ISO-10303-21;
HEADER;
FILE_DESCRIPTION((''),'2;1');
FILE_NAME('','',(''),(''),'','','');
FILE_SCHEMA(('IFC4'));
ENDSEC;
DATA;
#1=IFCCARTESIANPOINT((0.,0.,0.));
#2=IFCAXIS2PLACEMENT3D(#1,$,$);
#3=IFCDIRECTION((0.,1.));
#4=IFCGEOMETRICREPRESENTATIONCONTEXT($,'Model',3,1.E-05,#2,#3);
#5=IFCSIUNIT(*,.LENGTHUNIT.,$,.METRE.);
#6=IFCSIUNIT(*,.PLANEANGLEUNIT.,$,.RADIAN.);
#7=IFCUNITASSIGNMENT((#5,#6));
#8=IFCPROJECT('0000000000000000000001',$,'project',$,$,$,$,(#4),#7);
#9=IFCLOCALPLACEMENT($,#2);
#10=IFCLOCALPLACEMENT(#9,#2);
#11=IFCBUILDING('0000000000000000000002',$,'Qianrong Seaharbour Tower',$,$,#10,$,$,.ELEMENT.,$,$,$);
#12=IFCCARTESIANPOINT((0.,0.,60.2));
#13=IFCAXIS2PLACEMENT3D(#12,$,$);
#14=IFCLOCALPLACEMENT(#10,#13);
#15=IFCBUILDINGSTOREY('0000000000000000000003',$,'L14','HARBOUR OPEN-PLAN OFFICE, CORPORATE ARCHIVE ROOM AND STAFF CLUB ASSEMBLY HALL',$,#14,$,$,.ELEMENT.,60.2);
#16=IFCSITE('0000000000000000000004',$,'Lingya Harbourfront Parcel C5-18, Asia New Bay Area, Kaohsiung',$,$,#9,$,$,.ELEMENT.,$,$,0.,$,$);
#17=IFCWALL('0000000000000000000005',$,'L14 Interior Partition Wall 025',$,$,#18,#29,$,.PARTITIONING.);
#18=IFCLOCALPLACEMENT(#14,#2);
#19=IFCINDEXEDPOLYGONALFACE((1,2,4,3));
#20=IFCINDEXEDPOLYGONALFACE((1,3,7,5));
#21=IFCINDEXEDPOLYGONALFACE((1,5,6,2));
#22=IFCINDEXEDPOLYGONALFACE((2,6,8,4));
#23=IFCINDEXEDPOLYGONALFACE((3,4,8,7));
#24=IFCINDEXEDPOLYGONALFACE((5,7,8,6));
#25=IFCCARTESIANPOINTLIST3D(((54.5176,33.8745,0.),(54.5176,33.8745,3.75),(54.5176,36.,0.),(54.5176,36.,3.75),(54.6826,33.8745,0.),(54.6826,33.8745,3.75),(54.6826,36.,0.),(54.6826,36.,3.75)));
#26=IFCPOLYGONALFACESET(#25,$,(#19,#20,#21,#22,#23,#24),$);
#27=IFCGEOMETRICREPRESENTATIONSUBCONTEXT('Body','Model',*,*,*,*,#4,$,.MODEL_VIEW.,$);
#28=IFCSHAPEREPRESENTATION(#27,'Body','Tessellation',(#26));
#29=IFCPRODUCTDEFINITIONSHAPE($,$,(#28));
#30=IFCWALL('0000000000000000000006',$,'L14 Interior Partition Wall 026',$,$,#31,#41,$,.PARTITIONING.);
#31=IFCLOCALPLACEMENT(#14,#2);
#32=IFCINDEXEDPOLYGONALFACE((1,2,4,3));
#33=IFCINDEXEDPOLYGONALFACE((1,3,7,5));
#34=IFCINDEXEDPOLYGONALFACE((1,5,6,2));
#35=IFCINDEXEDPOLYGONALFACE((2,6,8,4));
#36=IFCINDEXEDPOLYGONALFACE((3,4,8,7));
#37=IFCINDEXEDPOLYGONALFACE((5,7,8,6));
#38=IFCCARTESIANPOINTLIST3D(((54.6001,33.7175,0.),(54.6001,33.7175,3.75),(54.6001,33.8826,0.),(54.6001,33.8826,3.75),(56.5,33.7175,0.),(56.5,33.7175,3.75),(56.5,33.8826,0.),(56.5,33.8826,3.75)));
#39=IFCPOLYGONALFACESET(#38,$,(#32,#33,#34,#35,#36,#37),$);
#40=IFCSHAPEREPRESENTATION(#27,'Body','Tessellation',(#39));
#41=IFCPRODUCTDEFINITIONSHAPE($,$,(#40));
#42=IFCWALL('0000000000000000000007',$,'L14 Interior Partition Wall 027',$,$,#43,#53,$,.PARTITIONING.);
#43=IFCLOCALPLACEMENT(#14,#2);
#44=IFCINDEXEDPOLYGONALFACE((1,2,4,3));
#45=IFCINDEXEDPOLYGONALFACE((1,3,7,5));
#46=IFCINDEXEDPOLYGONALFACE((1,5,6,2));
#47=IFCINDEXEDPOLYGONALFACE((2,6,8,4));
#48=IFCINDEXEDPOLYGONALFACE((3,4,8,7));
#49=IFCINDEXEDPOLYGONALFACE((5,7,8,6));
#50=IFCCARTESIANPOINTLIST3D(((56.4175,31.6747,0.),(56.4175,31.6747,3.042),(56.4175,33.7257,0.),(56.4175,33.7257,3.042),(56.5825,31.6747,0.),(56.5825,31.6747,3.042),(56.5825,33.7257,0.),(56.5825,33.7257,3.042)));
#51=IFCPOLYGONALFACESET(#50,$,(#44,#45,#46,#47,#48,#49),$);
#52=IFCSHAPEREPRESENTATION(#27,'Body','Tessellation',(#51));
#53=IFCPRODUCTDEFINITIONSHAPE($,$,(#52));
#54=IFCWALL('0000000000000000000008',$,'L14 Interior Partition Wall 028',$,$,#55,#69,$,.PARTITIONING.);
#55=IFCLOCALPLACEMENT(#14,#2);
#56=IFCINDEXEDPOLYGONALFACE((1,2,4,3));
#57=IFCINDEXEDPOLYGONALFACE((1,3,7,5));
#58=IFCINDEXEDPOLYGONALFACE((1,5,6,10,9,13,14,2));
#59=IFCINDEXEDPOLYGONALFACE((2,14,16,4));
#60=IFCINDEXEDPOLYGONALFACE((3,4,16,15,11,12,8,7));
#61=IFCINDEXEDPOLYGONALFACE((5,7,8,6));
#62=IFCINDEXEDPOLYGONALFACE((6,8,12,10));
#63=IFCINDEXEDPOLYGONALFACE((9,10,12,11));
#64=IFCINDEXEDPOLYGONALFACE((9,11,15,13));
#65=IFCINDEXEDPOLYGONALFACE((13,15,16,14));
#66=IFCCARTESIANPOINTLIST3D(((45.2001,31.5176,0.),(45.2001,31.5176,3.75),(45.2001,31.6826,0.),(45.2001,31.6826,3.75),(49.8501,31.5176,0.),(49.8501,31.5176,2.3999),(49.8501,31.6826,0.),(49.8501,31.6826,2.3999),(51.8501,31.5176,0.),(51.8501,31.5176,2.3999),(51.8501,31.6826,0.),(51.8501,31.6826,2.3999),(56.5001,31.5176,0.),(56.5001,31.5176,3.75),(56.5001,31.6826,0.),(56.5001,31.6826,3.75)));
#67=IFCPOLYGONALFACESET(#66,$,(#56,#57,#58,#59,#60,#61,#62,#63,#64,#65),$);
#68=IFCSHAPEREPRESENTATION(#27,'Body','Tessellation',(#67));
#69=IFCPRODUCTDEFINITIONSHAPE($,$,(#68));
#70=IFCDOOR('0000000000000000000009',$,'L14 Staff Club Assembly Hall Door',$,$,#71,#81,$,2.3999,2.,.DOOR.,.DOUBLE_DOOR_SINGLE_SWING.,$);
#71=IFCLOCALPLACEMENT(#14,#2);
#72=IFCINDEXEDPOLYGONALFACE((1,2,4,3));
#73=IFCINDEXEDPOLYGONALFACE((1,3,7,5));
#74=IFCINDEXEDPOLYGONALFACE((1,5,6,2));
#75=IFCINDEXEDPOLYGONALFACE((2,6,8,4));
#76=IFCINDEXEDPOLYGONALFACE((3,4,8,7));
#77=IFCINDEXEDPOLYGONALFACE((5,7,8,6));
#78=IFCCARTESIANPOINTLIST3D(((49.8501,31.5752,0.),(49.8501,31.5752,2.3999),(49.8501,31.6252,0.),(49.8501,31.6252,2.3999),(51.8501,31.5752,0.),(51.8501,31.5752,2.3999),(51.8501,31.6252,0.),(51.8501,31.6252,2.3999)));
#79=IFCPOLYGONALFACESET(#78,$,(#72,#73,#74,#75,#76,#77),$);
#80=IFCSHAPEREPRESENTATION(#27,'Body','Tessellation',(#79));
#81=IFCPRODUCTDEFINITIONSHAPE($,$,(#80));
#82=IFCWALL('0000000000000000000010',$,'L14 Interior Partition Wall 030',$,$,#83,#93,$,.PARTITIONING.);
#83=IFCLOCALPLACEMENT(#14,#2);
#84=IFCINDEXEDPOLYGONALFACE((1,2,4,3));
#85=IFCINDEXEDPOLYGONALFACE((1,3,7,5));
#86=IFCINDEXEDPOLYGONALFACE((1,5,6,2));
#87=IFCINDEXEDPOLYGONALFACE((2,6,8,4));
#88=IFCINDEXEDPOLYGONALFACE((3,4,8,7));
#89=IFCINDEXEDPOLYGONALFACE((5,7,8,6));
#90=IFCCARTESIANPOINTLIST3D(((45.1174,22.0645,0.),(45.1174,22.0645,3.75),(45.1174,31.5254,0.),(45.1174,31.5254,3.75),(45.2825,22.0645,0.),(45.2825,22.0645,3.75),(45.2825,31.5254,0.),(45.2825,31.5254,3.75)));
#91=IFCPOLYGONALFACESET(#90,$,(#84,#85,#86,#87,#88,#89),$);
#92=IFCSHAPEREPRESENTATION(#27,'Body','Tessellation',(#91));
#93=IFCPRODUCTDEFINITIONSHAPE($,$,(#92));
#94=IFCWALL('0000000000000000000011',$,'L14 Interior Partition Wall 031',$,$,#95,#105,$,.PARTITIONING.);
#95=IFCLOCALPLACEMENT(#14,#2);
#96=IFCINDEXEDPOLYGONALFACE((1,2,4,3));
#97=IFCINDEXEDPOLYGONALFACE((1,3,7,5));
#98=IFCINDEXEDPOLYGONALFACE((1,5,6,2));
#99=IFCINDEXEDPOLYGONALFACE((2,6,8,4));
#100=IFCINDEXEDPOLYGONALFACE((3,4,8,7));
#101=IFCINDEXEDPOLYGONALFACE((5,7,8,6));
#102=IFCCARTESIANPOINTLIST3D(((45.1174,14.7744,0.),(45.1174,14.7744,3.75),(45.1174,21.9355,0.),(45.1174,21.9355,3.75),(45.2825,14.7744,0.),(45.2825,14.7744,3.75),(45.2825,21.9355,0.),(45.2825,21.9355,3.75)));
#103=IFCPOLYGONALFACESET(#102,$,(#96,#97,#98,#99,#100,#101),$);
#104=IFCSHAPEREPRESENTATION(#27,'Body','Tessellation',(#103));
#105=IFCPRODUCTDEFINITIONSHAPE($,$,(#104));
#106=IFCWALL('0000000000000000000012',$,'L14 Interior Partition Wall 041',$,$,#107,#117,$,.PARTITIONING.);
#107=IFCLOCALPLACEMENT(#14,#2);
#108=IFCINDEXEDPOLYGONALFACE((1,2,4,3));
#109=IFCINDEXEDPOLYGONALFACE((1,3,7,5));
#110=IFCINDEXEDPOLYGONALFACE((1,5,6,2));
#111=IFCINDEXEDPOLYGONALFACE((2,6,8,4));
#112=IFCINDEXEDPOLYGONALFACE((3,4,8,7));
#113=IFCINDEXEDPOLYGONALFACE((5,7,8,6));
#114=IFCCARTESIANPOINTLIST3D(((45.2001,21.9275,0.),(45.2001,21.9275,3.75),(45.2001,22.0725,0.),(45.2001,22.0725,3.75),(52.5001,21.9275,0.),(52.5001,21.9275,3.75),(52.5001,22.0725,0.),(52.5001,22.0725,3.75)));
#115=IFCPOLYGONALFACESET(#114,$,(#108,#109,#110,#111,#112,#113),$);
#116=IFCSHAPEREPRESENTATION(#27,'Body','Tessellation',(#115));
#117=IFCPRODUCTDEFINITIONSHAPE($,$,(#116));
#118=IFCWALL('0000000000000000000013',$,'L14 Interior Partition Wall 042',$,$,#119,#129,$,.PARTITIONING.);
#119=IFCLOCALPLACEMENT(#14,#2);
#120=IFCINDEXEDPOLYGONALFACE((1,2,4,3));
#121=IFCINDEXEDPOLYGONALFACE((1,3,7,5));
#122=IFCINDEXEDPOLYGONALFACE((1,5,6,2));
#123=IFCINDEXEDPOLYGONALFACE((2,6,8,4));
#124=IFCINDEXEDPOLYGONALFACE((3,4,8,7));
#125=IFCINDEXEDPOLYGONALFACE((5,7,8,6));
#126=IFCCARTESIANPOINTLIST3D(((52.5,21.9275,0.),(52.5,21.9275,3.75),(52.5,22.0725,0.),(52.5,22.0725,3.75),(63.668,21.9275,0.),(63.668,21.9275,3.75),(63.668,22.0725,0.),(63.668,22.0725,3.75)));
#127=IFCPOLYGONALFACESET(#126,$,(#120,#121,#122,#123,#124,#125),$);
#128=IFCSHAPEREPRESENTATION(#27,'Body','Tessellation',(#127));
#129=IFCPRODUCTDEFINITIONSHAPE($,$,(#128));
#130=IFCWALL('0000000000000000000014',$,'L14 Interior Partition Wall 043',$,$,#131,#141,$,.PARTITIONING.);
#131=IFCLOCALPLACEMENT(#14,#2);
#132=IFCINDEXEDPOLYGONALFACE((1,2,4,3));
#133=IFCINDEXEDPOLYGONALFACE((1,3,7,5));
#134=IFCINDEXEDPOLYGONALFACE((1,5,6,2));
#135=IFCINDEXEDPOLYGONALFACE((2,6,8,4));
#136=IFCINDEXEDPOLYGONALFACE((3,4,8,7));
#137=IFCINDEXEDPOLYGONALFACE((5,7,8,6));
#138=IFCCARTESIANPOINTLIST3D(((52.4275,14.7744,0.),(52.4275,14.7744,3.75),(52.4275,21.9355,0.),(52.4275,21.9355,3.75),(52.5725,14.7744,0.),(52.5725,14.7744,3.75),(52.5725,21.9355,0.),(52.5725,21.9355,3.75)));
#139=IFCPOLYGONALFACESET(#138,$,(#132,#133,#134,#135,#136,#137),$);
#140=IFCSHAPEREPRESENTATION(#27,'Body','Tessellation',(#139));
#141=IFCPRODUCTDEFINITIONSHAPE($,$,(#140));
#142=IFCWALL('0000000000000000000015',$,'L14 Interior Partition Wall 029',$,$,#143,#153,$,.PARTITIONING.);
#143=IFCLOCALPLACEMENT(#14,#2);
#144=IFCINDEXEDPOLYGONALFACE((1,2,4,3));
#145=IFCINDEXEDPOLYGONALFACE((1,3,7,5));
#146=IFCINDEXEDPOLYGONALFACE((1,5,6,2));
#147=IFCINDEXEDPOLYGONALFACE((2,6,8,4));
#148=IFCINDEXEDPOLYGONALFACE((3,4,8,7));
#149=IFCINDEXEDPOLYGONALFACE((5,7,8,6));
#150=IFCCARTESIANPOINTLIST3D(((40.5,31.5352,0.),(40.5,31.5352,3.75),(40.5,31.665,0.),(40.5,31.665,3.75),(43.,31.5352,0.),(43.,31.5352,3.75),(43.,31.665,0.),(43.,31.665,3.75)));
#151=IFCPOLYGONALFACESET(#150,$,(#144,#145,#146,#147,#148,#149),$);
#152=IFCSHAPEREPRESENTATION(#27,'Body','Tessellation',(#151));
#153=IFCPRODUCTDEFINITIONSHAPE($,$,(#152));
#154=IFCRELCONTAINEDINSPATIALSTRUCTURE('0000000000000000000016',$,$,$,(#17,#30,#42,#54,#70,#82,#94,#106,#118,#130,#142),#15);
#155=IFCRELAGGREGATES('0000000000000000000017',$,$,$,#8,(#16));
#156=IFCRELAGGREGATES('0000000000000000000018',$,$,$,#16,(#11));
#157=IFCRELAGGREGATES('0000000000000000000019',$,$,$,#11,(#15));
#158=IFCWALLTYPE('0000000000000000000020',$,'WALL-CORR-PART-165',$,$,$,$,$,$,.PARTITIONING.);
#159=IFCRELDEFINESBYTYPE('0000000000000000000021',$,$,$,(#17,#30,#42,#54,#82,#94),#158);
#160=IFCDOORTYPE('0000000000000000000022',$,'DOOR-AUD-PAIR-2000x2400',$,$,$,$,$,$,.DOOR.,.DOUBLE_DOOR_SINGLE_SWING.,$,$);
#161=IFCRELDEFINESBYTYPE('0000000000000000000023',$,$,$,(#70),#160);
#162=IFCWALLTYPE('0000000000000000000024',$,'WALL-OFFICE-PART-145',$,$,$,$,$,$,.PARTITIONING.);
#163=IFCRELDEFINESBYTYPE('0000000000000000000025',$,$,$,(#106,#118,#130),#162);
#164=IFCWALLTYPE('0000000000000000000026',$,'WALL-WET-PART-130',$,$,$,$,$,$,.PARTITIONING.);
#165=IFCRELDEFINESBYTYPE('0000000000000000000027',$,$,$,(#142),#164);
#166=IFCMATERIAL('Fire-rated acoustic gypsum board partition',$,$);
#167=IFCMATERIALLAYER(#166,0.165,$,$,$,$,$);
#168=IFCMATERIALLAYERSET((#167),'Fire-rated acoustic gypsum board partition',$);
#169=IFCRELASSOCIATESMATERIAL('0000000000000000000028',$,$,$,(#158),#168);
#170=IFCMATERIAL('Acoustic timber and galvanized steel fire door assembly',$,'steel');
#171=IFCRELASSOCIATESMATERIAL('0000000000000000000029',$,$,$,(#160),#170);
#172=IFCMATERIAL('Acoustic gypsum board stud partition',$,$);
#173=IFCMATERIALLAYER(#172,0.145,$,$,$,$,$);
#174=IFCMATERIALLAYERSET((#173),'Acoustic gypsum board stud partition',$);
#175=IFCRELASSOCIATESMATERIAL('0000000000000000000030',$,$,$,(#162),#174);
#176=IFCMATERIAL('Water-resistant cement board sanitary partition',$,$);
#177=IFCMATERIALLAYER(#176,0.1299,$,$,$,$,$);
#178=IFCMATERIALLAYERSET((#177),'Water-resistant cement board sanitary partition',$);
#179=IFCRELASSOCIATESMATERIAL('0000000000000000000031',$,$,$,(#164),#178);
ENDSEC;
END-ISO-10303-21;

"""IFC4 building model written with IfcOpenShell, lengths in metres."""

from ifc_helpers import new_model, si_unit, direction, frame, frame_2d, origin, place, context, subcontext, project, spatial, rectangle, extrude, material, layer, layer_set, type_object, element, fill, save


model = new_model("IFC4")

# Units and contexts
model_context = context("Model", 3, precision=1e-05, world=origin(), true_north=direction((0.0, 1.0)))
body_context = subcontext(model_context, "Body", "Model", "MODEL_VIEW")
ifc_project = project(units=[si_unit("LENGTHUNIT", "METRE"), si_unit("PLANEANGLEUNIT", "RADIAN")], contexts=[model_context])

# Site, building, storey
site_placement = place(None, origin())
site = spatial("IfcSite", under=ifc_project, at=site_placement, Name="Lingya Harbourfront Parcel C5-18, Asia New Bay Area, Kaohsiung", CompositionType="ELEMENT", RefElevation=0.0)
building_placement = place(site_placement, origin())
building = spatial("IfcBuilding", under=site, at=building_placement, Name="Qianrong Seaharbour Tower", CompositionType="ELEMENT")
storey_placement = place(building_placement, frame((0.0, 0.0, 60.2)))
storey = spatial("IfcBuildingStorey", under=building, at=storey_placement, Name="L14", Description="HARBOUR OPEN-PLAN OFFICE, CORPORATE ARCHIVE ROOM AND STAFF CLUB ASSEMBLY HALL", CompositionType="ELEMENT", Elevation=60.2)

# Walls
ifc_material_1 = material(Name="Fire-rated acoustic gypsum board partition")
ifc_layer_1 = layer(ifc_material_1, 0.165)
ifc_layer_set_1 = layer_set([ifc_layer_1], Name="Fire-rated acoustic gypsum board partition")
wall_type_1 = type_object("IfcWallType", Name="WALL-CORR-PART-165", PredefinedType="PARTITIONING", material=ifc_layer_set_1)
wall_1_placement = place(storey_placement, frame((54.6001, 36.0, 0.0), z_axis=(0.0, 0.0, 1.0), x_axis=(0.0, -1.0, 0.0)))
element("IfcWall", 1, at=wall_1_placement, inside=storey, type_object=wall_type_1, Name="L14 Interior Partition Wall 025", PredefinedType="PARTITIONING", context=body_context, shape_type="SweptSolid", body=[
    extrude(rectangle(XDim=2.1255, YDim=0.165, at=frame_2d((1.0627, 0.0))), origin(), (0.0, 0.0, 1.0), 3.75),
])
wall_2_placement = place(storey_placement, frame((54.6001, 33.8, 0.0), z_axis=(0.0, 0.0, 1.0), x_axis=(1.0, 0.0, 0.0)))
element("IfcWall", 2, at=wall_2_placement, inside=storey, type_object=wall_type_1, Name="L14 Interior Partition Wall 026", PredefinedType="PARTITIONING", context=body_context, shape_type="SweptSolid", body=[
    extrude(rectangle(XDim=1.8999, YDim=0.165, at=frame_2d((0.95, 0.0))), origin(), (0.0, 0.0, 1.0), 3.75),
])
wall_3_placement = place(storey_placement, frame((56.5, 33.7256, 0.0), z_axis=(0.0, 0.0, 1.0), x_axis=(0.0, -1.0, 0.0)))
element("IfcWall", 3, at=wall_3_placement, inside=storey, type_object=wall_type_1, Name="L14 Interior Partition Wall 027", PredefinedType="PARTITIONING", context=body_context, shape_type="SweptSolid", body=[
    extrude(rectangle(XDim=2.051, YDim=0.165, at=frame_2d((1.0254, 0.0))), origin(), (0.0, 0.0, 1.0), 3.042),
])

# Wall, opening, door
wall_4_placement = place(storey_placement, frame((56.5, 31.6001, 0.0), z_axis=(0.0, 0.0, 1.0), x_axis=(-1.0, 0.0, 0.0)))
wall_4 = element("IfcWall", 4, at=wall_4_placement, inside=storey, type_object=wall_type_1, Name="L14 Interior Partition Wall 028", PredefinedType="PARTITIONING", context=body_context, shape_type="SweptSolid", body=[
    extrude(rectangle(XDim=11.3, YDim=0.165, at=frame_2d((5.6499, 0.0))), origin(), (0.0, 0.0, 1.0), 3.75),
])
opening_placement = place(wall_4_placement, frame((4.6499, 0.0, 0.0)))
opening = element("IfcOpeningElement", 5, at=opening_placement, cuts=wall_4, PredefinedType="OPENING", context=body_context, shape_type="SweptSolid", body=[
    extrude(rectangle(XDim=2.0, YDim=2.3999, at=frame_2d((1.0, 1.2))), frame((0.0, 0.0925, 0.0), z_axis=(0.0, -1.0, 0.0), x_axis=(1.0, 0.0, 0.0)), (0.0, 0.0, 1.0), 0.1851),
])
ifc_material_2 = material(Name="Acoustic timber and galvanized steel fire door assembly", Category="steel")
door_type = type_object("IfcDoorType", Name="DOOR-AUD-PAIR-2000x2400", OperationType="DOUBLE_DOOR_SINGLE_SWING", PredefinedType="DOOR", material=ifc_material_2)
door_placement = place(opening_placement, origin())
door = element("IfcDoor", 6, at=door_placement, inside=storey, type_object=door_type, Name="L14 Staff Club Assembly Hall Door", OperationType="DOUBLE_DOOR_SINGLE_SWING", OverallHeight=2.3999, OverallWidth=2.0, PredefinedType="DOOR", context=body_context, shape_type="SweptSolid", body=[
    extrude(rectangle(XDim=2.0, YDim=2.3999, at=frame_2d((1.0, 1.2))), frame((0.0, 0.0249, 0.0), z_axis=(0.0, -1.0, 0.0), x_axis=(1.0, 0.0, 0.0)), (0.0, 0.0, 1.0), 0.05),
])
fill(opening, door)

# Walls
wall_5_placement = place(storey_placement, frame((45.2, 31.5254, 0.0), z_axis=(0.0, 0.0, 1.0), x_axis=(0.0, -1.0, 0.0)))
element("IfcWall", 7, at=wall_5_placement, inside=storey, type_object=wall_type_1, Name="L14 Interior Partition Wall 030", PredefinedType="PARTITIONING", context=body_context, shape_type="SweptSolid", body=[
    extrude(rectangle(XDim=9.4609, YDim=0.165, at=frame_2d((4.7305, 0.0))), origin(), (0.0, 0.0, 1.0), 3.75),
])
wall_6_placement = place(storey_placement, frame((45.2, 21.9355, 0.0), z_axis=(0.0, 0.0, 1.0), x_axis=(0.0, -1.0, 0.0)))
element("IfcWall", 8, at=wall_6_placement, inside=storey, type_object=wall_type_1, Name="L14 Interior Partition Wall 031", PredefinedType="PARTITIONING", context=body_context, shape_type="SweptSolid", body=[
    extrude(rectangle(XDim=7.1611, YDim=0.165, at=frame_2d((3.5806, 0.0))), origin(), (0.0, 0.0, 1.0), 3.75),
])
ifc_material_3 = material(Name="Acoustic gypsum board stud partition")
ifc_layer_2 = layer(ifc_material_3, 0.145)
ifc_layer_set_2 = layer_set([ifc_layer_2], Name="Acoustic gypsum board stud partition")
wall_type_2 = type_object("IfcWallType", Name="WALL-OFFICE-PART-145", PredefinedType="PARTITIONING", material=ifc_layer_set_2)
wall_7_placement = place(storey_placement, frame((52.5, 22.0, 0.0), z_axis=(0.0, 0.0, 1.0), x_axis=(-1.0, 0.0, 0.0)))
element("IfcWall", 9, at=wall_7_placement, inside=storey, type_object=wall_type_2, Name="L14 Interior Partition Wall 041", PredefinedType="PARTITIONING", context=body_context, shape_type="SweptSolid", body=[
    extrude(rectangle(XDim=7.3, YDim=0.145, at=frame_2d((3.6499, 0.0))), origin(), (0.0, 0.0, 1.0), 3.75),
])
wall_8_placement = place(storey_placement, frame((63.668, 22.0, 0.0), z_axis=(0.0, 0.0, 1.0), x_axis=(-1.0, 0.0, 0.0)))
element("IfcWall", 10, at=wall_8_placement, inside=storey, type_object=wall_type_2, Name="L14 Interior Partition Wall 042", PredefinedType="PARTITIONING", context=body_context, shape_type="SweptSolid", body=[
    extrude(rectangle(XDim=11.168, YDim=0.145, at=frame_2d((5.584, 0.0))), origin(), (0.0, 0.0, 1.0), 3.75),
])
wall_9_placement = place(storey_placement, frame((52.5, 21.9355, 0.0), z_axis=(0.0, 0.0, 1.0), x_axis=(0.0, -1.0, 0.0)))
element("IfcWall", 11, at=wall_9_placement, inside=storey, type_object=wall_type_2, Name="L14 Interior Partition Wall 043", PredefinedType="PARTITIONING", context=body_context, shape_type="SweptSolid", body=[
    extrude(rectangle(XDim=7.1611, YDim=0.145, at=frame_2d((3.5806, 0.0))), origin(), (0.0, 0.0, 1.0), 3.75),
])
ifc_material_4 = material(Name="Water-resistant cement board sanitary partition")
ifc_layer_3 = layer(ifc_material_4, 0.1299)
ifc_layer_set_3 = layer_set([ifc_layer_3], Name="Water-resistant cement board sanitary partition")
wall_type_3 = type_object("IfcWallType", Name="WALL-WET-PART-130", PredefinedType="PARTITIONING", material=ifc_layer_set_3)
wall_10_placement = place(storey_placement, frame((43.0, 31.6001, 0.0), z_axis=(0.0, 0.0, 1.0), x_axis=(-1.0, 0.0, 0.0)))
element("IfcWall", 12, at=wall_10_placement, inside=storey, type_object=wall_type_3, Name="L14 Interior Partition Wall 029", PredefinedType="PARTITIONING", context=body_context, shape_type="SweptSolid", body=[
    extrude(rectangle(XDim=2.5, YDim=0.1299, at=frame_2d((1.25, 0.0))), origin(), (0.0, 0.0, 1.0), 3.75),
])

save(model, "model.ifc")
